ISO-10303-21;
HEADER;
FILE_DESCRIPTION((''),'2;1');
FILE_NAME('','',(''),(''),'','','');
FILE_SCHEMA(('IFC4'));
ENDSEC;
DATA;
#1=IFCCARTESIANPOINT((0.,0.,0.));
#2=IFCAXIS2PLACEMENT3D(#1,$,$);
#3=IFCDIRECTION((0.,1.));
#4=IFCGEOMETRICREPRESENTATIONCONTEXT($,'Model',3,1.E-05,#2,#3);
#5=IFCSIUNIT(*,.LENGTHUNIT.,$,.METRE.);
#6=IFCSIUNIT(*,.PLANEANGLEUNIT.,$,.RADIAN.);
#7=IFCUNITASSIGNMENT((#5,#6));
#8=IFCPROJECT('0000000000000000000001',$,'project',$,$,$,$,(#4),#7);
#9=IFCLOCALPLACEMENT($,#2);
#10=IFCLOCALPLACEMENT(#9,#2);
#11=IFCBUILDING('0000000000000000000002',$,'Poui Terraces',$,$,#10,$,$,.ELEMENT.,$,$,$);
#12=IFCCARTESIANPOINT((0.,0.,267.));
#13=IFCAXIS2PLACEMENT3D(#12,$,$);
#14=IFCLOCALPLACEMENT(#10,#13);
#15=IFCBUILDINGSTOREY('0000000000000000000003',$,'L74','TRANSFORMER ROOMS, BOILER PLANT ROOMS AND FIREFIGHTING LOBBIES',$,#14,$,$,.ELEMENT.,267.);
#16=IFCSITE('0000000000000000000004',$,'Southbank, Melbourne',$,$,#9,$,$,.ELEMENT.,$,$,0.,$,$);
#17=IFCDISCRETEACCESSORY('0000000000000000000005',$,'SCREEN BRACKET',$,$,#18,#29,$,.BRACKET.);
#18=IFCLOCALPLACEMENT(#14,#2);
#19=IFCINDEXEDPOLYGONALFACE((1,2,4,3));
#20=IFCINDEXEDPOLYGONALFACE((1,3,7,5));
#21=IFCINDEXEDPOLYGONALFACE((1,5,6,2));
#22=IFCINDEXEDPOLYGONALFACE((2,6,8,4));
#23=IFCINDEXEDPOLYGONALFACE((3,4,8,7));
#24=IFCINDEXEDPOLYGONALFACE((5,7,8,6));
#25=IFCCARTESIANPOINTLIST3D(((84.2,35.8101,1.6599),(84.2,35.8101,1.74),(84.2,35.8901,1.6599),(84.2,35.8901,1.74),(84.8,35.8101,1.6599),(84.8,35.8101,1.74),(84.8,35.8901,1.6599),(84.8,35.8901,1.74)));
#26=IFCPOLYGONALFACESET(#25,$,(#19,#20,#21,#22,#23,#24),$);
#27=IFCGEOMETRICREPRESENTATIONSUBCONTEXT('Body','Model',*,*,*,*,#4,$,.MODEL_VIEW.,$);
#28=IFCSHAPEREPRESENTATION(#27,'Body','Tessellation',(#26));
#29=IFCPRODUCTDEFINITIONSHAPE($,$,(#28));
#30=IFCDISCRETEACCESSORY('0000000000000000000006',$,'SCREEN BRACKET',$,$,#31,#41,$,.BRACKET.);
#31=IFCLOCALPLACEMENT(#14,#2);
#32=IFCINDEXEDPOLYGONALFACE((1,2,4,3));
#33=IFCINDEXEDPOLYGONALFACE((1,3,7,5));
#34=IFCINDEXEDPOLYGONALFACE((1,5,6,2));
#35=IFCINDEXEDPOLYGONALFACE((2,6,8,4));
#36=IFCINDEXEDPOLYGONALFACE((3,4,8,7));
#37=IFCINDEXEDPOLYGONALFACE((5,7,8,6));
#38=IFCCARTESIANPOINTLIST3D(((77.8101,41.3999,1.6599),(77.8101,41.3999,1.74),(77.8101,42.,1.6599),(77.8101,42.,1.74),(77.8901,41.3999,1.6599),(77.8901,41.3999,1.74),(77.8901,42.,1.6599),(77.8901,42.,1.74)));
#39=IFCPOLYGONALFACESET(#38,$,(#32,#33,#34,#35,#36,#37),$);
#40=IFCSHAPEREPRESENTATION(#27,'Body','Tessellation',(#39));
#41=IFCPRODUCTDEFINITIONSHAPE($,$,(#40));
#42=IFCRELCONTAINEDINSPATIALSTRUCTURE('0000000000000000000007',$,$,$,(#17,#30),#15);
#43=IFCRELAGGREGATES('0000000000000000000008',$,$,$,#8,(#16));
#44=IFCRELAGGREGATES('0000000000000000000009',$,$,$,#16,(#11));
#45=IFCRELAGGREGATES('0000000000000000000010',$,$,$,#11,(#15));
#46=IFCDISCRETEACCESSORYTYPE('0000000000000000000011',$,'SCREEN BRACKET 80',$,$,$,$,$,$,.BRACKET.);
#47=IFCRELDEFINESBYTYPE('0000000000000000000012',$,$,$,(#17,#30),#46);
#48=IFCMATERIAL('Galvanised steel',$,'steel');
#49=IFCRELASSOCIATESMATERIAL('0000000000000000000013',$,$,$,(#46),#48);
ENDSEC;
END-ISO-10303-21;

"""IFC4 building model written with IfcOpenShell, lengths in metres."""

from ifc_helpers import new_model, si_unit, direction, frame, origin, origin_2d, place, context, subcontext, project, spatial, rectangle, extrude, source, transform, mapped, material, material_profile, profile_set, type_object, element, save


model = new_model("IFC4")

# Units and contexts
model_context = context("Model", 3, precision=1e-05, world=origin(), true_north=direction((0.0, 1.0)))
body_context = subcontext(model_context, "Body", "Model", "MODEL_VIEW")
ifc_project = project(units=[si_unit("LENGTHUNIT", "METRE"), si_unit("PLANEANGLEUNIT", "RADIAN")], contexts=[model_context])

# Site, building, storey
site_placement = place(None, origin())
site = spatial("IfcSite", under=ifc_project, at=site_placement, Name="Southbank, Melbourne", CompositionType="ELEMENT", RefElevation=0.0)
building_placement = place(site_placement, origin())
building = spatial("IfcBuilding", under=site, at=building_placement, Name="Poui Terraces", CompositionType="ELEMENT")
storey_placement = place(building_placement, frame((0.0, 0.0, 267.0)))
storey = spatial("IfcBuildingStorey", under=building, at=storey_placement, Name="L74", Description="TRANSFORMER ROOMS, BOILER PLANT ROOMS AND FIREFIGHTING LOBBIES", CompositionType="ELEMENT", Elevation=267.0)

# Discrete accessories
ifc_material_1 = material(Name="Galvanised steel", Category="steel")
ifc_material_profile_1 = material_profile(ifc_material_1, rectangle(XDim=0.0801, YDim=0.0801, at=origin_2d()), Name="SCREEN BRACKET 80")
ifc_profile_set_1 = profile_set([ifc_material_profile_1], Name="Galvanised steel")
discrete_accessory_type = type_object("IfcDiscreteAccessoryType", Name="SCREEN BRACKET 80", PredefinedType="BRACKET", material=ifc_profile_set_1)
shared_shape_1 = source(origin(), body_context, "Body", "SweptSolid", [
    extrude(rectangle(XDim=0.0801, YDim=0.0801, at=origin_2d()), origin(), (0.0, 0.0, 1.0), 0.6001),
])
for number, where, z_axis, x_axis, name in (
    (1, (84.2, 35.8501, 1.7), (1.0, 0.0, 0.0), (0.0, 1.0, 0.0), "SCREEN BRACKET"),
    (2, (77.8501, 41.3999, 1.7), (0.0, 1.0, 0.0), (-1.0, 0.0, 0.0), "SCREEN BRACKET"),
):
    element("IfcDiscreteAccessory", number, at=place(storey_placement, frame(where, z_axis=z_axis, x_axis=x_axis)), inside=storey, type_object=discrete_accessory_type, Name=name, PredefinedType="BRACKET", context=body_context, shape_type="MappedRepresentation", body=[
        mapped(shared_shape_1, transform((0.0, 0.0, 0.0))),
    ])

save(model, "model.ifc")
